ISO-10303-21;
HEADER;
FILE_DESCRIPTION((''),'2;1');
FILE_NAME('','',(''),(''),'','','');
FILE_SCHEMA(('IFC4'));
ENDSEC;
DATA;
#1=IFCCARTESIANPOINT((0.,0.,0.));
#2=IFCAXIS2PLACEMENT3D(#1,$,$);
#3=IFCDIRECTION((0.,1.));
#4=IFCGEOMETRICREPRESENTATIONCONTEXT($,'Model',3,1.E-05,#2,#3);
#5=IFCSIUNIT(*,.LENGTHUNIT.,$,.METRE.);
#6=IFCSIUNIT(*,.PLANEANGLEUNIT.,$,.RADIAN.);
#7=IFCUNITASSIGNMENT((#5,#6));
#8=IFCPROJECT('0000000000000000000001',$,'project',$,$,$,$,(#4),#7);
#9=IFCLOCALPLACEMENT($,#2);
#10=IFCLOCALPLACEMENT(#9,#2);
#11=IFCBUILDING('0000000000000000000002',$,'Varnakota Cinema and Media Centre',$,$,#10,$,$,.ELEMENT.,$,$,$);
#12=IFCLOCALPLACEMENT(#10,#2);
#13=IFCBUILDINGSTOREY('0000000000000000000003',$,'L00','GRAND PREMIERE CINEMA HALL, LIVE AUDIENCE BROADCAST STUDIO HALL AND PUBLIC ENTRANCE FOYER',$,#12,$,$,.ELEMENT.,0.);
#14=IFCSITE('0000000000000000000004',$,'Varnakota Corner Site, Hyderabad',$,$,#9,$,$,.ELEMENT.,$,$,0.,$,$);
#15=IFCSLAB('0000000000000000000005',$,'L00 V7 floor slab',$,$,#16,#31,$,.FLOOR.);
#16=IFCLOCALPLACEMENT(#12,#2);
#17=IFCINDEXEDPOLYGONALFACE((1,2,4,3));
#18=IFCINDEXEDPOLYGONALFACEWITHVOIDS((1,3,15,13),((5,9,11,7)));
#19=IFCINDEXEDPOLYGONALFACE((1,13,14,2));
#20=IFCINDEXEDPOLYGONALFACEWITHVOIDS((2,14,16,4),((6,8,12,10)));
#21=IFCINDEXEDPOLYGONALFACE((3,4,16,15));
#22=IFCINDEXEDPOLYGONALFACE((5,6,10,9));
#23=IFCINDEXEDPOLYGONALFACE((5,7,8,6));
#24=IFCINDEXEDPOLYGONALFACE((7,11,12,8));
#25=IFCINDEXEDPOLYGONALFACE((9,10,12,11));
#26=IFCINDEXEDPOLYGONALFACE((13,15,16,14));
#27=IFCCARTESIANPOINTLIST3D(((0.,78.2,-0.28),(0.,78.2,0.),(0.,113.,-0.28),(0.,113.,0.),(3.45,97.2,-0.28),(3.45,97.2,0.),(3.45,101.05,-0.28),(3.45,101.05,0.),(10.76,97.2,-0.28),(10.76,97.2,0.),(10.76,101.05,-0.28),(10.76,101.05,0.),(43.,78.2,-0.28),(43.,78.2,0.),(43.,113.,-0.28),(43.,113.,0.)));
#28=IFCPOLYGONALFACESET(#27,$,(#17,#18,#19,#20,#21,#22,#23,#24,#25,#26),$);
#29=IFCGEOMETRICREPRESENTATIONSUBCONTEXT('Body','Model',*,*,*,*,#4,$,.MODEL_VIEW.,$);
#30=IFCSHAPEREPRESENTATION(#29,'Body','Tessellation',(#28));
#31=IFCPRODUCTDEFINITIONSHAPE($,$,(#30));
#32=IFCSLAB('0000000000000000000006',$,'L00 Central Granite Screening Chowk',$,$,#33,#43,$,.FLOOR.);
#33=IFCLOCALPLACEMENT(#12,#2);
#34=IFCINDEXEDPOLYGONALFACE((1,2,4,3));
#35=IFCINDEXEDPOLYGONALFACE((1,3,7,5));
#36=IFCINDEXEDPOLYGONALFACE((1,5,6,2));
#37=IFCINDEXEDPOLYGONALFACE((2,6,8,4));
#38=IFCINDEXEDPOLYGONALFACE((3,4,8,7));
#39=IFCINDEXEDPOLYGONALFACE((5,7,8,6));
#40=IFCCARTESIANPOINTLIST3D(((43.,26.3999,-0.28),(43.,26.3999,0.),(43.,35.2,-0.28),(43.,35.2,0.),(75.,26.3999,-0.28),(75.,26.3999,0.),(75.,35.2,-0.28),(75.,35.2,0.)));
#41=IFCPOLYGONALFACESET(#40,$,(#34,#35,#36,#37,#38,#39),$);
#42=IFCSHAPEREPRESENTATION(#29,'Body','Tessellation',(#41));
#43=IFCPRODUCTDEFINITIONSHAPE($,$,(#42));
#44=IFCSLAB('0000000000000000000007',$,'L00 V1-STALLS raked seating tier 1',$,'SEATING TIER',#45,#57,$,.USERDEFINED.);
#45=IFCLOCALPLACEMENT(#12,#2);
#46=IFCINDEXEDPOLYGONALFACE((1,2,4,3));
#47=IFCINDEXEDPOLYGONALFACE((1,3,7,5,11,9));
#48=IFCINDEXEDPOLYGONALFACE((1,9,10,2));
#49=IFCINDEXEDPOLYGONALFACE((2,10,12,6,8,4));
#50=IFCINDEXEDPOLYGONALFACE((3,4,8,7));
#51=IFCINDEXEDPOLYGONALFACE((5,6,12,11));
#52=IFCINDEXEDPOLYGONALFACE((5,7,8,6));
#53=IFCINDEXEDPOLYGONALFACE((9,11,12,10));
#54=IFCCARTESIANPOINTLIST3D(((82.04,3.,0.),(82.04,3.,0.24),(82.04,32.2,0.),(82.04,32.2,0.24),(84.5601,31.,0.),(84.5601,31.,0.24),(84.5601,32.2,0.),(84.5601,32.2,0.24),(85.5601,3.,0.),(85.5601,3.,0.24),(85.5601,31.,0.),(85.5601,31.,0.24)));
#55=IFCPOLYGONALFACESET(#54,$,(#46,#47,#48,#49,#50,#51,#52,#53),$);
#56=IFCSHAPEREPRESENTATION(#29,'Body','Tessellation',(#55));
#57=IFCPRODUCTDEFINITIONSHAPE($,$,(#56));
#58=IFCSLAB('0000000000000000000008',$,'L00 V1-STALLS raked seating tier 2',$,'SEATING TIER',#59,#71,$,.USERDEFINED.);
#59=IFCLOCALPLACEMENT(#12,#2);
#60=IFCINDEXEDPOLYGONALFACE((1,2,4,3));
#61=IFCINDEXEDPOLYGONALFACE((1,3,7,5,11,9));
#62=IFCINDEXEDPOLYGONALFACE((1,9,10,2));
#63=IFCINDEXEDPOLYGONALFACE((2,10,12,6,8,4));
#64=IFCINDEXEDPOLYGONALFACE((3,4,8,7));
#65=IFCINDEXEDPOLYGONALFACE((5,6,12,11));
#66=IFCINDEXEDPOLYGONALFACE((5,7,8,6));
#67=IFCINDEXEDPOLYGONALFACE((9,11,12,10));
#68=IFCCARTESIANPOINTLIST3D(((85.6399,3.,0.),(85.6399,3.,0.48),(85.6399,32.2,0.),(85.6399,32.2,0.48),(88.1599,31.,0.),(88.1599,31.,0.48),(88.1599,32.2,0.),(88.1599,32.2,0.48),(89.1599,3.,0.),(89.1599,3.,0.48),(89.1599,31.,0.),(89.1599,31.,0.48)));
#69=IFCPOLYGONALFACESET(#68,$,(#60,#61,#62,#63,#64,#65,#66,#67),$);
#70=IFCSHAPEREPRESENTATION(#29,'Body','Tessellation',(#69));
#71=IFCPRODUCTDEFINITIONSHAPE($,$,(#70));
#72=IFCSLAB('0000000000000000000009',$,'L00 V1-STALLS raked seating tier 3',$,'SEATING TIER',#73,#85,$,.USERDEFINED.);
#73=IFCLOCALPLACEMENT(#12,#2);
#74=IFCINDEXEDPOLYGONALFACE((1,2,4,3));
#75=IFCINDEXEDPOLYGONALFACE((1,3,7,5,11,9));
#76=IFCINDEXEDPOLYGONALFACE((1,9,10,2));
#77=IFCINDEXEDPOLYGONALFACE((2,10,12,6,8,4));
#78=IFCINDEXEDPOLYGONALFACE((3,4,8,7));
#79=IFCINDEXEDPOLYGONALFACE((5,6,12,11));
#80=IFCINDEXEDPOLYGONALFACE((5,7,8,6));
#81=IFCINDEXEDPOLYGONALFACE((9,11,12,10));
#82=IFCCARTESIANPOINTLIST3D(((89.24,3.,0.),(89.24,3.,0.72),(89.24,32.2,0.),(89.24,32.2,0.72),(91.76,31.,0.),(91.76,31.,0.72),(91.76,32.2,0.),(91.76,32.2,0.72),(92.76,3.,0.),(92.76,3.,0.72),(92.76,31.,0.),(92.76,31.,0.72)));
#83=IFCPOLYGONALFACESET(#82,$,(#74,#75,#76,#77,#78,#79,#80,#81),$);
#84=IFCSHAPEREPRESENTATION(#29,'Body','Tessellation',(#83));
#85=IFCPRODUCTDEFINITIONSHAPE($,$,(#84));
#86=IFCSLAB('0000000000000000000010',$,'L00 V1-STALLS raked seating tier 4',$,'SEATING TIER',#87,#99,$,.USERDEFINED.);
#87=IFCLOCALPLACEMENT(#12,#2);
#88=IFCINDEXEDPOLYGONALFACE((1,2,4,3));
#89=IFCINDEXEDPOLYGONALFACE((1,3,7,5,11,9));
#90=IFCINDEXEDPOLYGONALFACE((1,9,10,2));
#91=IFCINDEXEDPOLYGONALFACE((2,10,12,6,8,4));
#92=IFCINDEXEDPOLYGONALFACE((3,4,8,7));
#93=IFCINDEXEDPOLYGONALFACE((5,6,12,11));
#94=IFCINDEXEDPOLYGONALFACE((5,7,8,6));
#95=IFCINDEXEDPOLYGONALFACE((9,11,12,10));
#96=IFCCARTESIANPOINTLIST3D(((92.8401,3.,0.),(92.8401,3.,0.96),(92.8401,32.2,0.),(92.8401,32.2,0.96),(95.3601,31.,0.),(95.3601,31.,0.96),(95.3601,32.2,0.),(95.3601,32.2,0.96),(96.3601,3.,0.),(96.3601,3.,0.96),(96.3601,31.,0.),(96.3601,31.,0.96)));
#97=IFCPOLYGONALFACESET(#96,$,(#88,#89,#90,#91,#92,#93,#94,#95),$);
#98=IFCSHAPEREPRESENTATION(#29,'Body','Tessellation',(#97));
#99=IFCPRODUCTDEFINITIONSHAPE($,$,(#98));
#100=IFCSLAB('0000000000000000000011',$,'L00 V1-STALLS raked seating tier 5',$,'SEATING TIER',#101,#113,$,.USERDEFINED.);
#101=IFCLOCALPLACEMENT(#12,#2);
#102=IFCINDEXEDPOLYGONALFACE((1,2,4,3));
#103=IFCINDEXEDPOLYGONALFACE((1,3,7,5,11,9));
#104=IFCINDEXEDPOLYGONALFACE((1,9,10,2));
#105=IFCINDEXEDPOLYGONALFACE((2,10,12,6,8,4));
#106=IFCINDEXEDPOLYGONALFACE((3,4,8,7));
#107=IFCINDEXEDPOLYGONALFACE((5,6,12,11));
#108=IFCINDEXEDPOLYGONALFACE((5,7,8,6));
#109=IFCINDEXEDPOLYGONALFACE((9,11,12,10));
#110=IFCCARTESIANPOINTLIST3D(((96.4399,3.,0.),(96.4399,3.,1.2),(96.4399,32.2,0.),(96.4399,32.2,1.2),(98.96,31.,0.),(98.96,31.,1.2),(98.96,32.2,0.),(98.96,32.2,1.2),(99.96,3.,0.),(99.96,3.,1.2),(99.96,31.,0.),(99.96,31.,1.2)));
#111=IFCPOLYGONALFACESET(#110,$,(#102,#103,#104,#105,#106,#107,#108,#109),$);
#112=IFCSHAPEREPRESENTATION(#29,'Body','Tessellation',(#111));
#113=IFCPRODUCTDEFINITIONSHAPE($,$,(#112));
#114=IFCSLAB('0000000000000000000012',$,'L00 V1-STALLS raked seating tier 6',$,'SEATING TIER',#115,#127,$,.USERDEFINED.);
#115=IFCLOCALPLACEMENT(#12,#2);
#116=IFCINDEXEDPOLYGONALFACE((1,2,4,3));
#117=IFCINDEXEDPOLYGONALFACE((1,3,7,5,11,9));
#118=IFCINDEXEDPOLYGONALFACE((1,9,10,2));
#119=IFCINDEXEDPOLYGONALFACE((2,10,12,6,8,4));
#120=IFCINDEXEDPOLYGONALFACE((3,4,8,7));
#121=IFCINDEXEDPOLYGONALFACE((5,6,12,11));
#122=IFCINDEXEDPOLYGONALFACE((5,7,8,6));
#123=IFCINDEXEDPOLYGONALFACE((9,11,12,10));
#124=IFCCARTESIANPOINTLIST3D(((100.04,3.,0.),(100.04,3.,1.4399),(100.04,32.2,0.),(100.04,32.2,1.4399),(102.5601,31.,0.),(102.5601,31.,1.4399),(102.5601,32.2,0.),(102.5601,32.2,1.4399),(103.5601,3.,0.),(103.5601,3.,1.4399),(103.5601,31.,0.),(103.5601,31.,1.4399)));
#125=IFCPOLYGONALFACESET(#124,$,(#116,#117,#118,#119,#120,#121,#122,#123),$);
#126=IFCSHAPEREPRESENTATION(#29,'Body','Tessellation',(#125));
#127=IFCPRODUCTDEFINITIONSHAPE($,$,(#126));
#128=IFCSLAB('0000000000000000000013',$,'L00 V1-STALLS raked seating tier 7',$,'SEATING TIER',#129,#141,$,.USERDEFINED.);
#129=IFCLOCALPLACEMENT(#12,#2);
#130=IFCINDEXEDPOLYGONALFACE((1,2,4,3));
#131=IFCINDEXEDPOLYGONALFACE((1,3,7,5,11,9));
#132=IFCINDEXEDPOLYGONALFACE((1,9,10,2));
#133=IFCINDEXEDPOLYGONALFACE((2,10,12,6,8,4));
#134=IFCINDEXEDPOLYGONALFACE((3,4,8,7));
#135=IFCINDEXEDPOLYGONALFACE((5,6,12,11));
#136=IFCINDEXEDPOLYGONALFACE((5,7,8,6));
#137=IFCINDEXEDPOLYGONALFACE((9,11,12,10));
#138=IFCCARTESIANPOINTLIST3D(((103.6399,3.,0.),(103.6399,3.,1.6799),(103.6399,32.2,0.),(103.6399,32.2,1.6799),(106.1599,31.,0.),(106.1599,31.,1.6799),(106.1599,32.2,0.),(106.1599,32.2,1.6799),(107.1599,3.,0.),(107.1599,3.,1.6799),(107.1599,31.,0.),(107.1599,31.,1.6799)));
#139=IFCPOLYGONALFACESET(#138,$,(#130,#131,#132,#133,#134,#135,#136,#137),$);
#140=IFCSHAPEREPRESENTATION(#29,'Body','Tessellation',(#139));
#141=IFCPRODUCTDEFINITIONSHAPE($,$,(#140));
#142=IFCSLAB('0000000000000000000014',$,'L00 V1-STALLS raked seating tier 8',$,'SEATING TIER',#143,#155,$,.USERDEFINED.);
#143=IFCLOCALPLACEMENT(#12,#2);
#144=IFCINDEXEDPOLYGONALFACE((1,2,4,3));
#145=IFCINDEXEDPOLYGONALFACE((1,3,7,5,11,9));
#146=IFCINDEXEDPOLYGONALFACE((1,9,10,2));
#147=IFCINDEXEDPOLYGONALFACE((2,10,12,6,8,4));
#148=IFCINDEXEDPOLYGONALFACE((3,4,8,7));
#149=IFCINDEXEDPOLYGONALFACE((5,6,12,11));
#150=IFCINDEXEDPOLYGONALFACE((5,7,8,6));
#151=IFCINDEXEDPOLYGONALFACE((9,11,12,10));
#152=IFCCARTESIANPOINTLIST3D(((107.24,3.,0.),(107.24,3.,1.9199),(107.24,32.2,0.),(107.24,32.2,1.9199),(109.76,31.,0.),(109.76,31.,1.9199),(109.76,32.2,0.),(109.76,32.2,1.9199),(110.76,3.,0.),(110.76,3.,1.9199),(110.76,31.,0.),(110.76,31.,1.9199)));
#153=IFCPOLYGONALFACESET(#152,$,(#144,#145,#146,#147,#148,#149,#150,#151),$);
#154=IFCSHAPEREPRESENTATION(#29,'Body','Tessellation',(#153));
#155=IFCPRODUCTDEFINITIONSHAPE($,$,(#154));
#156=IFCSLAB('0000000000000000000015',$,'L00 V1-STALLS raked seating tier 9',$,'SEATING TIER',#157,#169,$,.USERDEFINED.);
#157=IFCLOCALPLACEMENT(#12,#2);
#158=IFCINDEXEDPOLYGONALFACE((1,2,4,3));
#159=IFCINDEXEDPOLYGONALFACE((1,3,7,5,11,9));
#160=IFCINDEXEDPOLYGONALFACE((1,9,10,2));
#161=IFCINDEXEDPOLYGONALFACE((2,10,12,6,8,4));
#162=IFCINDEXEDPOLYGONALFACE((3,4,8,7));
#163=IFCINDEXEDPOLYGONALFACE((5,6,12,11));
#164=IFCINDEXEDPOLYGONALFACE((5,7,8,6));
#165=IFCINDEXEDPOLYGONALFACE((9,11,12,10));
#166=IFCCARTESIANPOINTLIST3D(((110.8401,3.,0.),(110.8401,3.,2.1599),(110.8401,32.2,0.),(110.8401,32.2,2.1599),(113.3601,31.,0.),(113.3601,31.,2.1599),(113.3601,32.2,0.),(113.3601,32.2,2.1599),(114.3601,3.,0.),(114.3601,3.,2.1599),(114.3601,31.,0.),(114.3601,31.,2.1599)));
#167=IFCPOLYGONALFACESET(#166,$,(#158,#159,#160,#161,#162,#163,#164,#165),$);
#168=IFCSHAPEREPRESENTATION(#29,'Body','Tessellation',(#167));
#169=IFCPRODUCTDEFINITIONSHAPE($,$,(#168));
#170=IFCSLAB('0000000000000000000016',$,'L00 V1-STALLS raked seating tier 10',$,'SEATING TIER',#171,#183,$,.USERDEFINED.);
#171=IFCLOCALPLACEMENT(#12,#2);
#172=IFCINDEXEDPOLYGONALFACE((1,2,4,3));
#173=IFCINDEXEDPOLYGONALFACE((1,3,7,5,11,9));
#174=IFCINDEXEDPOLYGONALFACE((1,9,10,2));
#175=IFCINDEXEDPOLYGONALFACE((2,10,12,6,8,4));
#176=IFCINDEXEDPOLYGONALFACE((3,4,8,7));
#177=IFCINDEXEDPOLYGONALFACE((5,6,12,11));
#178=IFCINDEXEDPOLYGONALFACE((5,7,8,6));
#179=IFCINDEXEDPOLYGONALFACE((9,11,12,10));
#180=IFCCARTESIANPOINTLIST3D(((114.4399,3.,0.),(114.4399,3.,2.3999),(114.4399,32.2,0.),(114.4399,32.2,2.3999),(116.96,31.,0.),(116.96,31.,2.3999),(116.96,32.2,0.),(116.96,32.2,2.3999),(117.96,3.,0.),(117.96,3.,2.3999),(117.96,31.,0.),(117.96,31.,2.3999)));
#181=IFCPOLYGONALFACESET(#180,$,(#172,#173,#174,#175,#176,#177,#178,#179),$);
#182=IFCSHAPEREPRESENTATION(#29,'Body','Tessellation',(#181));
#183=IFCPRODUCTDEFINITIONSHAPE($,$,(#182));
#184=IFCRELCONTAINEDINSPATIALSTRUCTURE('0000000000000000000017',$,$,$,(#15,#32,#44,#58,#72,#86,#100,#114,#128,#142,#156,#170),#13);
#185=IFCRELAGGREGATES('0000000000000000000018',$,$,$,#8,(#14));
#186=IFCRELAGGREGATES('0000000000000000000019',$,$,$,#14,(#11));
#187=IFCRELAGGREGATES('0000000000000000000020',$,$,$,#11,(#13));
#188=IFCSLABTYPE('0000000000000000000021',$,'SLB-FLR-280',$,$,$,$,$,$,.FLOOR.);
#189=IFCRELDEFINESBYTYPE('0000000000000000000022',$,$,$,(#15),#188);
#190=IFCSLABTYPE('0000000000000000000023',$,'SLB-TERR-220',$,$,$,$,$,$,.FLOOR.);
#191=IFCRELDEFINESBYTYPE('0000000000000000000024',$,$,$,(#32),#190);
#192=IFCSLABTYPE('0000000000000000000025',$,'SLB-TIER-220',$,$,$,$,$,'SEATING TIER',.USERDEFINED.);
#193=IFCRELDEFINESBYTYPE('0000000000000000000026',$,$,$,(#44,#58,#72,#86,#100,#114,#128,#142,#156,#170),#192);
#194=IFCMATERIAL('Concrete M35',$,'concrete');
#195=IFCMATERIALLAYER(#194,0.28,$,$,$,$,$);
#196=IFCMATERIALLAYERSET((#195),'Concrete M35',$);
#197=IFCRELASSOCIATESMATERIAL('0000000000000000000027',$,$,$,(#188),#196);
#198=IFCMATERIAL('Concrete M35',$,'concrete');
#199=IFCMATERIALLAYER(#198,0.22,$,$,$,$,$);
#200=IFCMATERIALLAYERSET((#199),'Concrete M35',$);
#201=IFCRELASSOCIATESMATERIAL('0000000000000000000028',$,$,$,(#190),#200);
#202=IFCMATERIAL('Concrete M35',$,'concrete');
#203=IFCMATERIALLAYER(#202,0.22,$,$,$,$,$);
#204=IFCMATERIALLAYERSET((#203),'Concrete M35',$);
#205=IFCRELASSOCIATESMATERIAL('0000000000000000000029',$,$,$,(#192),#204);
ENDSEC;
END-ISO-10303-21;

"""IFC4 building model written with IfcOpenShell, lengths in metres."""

from ifc_helpers import new_model, si_unit, direction, frame, origin, place, context, subcontext, project, spatial, polyline, outline, extrude, material, layer, layer_set, type_object, element, save


model = new_model("IFC4")

# Units and contexts
model_context = context("Model", 3, precision=1e-05, world=origin(), true_north=direction((0.0, 1.0)))
body_context = subcontext(model_context, "Body", "Model", "MODEL_VIEW")
ifc_project = project(units=[si_unit("LENGTHUNIT", "METRE"), si_unit("PLANEANGLEUNIT", "RADIAN")], contexts=[model_context])

# Site, building, storey
site_placement = place(None, origin())
site = spatial("IfcSite", under=ifc_project, at=site_placement, Name="Varnakota Corner Site, Hyderabad", CompositionType="ELEMENT", RefElevation=0.0)
building_placement = place(site_placement, origin())
building = spatial("IfcBuilding", under=site, at=building_placement, Name="Varnakota Cinema and Media Centre", CompositionType="ELEMENT")
storey_placement = place(building_placement, origin())
storey = spatial("IfcBuildingStorey", under=building, at=storey_placement, Name="L00", Description="GRAND PREMIERE CINEMA HALL, LIVE AUDIENCE BROADCAST STUDIO HALL AND PUBLIC ENTRANCE FOYER", CompositionType="ELEMENT", Elevation=0.0)

# Slabs
ifc_material_1 = material(Name="Concrete M35", Category="concrete")
ifc_layer_1 = layer(ifc_material_1, 0.28)
ifc_layer_set_1 = layer_set([ifc_layer_1], Name="Concrete M35")
slab_type_1 = type_object("IfcSlabType", Name="SLB-FLR-280", PredefinedType="FLOOR", material=ifc_layer_set_1)
slab_1_placement = place(storey_placement, frame((0.0, 0.0, -0.28)))
element("IfcSlab", 1, at=slab_1_placement, inside=storey, type_object=slab_type_1, Name="L00 V7 floor slab", PredefinedType="FLOOR", context=body_context, shape_type="SweptSolid", body=[
    extrude(outline(polyline([(0.0, 78.2), (43.0, 78.2), (43.0, 113.0), (0.0, 113.0), (0.0, 78.2)]), holes=[polyline([(3.45, 97.2), (10.76, 97.2), (10.76, 101.05), (3.45, 101.05), (3.45, 97.2)])]), origin(), (0.0, 0.0, 1.0), 0.28),
])
ifc_material_2 = material(Name="Concrete M35", Category="concrete")
ifc_layer_2 = layer(ifc_material_2, 0.22)
ifc_layer_set_2 = layer_set([ifc_layer_2], Name="Concrete M35")
slab_type_2 = type_object("IfcSlabType", Name="SLB-TERR-220", PredefinedType="FLOOR", material=ifc_layer_set_2)
slab_2_placement = place(storey_placement, frame((0.0, 0.0, -0.28)))
element("IfcSlab", 2, at=slab_2_placement, inside=storey, type_object=slab_type_2, Name="L00 Central Granite Screening Chowk", PredefinedType="FLOOR", context=body_context, shape_type="SweptSolid", body=[
    extrude(outline(polyline([(43.0, 26.3999), (75.0, 26.3999), (75.0, 35.2), (43.0, 35.2), (43.0, 26.3999)])), origin(), (0.0, 0.0, 1.0), 0.28),
])
ifc_material_3 = material(Name="Concrete M35", Category="concrete")
ifc_layer_3 = layer(ifc_material_3, 0.22)
ifc_layer_set_3 = layer_set([ifc_layer_3], Name="Concrete M35")
slab_type_3 = type_object("IfcSlabType", Name="SLB-TIER-220", ElementType="SEATING TIER", PredefinedType="USERDEFINED", material=ifc_layer_set_3)
slab_3_placement = place(storey_placement, origin())
element("IfcSlab", 3, at=slab_3_placement, inside=storey, type_object=slab_type_3, Name="L00 V1-STALLS raked seating tier 1", ObjectType="SEATING TIER", PredefinedType="USERDEFINED", context=body_context, shape_type="SweptSolid", body=[
    extrude(outline(polyline([(82.04, 3.0), (85.5601, 3.0), (85.5601, 31.0), (84.5601, 31.0), (84.5601, 32.2), (82.04, 32.2), (82.04, 3.0)])), origin(), (0.0, 0.0, 1.0), 0.24),
])
slab_4_placement = place(storey_placement, origin())
element("IfcSlab", 4, at=slab_4_placement, inside=storey, type_object=slab_type_3, Name="L00 V1-STALLS raked seating tier 2", ObjectType="SEATING TIER", PredefinedType="USERDEFINED", context=body_context, shape_type="SweptSolid", body=[
    extrude(outline(polyline([(85.6399, 3.0), (89.1599, 3.0), (89.1599, 31.0), (88.1599, 31.0), (88.1599, 32.2), (85.6399, 32.2), (85.6399, 3.0)])), origin(), (0.0, 0.0, 1.0), 0.48),
])
slab_5_placement = place(storey_placement, origin())
element("IfcSlab", 5, at=slab_5_placement, inside=storey, type_object=slab_type_3, Name="L00 V1-STALLS raked seating tier 3", ObjectType="SEATING TIER", PredefinedType="USERDEFINED", context=body_context, shape_type="SweptSolid", body=[
    extrude(outline(polyline([(89.24, 3.0), (92.76, 3.0), (92.76, 31.0), (91.76, 31.0), (91.76, 32.2), (89.24, 32.2), (89.24, 3.0)])), origin(), (0.0, 0.0, 1.0), 0.72),
])
slab_6_placement = place(storey_placement, origin())
element("IfcSlab", 6, at=slab_6_placement, inside=storey, type_object=slab_type_3, Name="L00 V1-STALLS raked seating tier 4", ObjectType="SEATING TIER", PredefinedType="USERDEFINED", context=body_context, shape_type="SweptSolid", body=[
    extrude(outline(polyline([(92.8401, 3.0), (96.3601, 3.0), (96.3601, 31.0), (95.3601, 31.0), (95.3601, 32.2), (92.8401, 32.2), (92.8401, 3.0)])), origin(), (0.0, 0.0, 1.0), 0.96),
])
slab_7_placement = place(storey_placement, origin())
element("IfcSlab", 7, at=slab_7_placement, inside=storey, type_object=slab_type_3, Name="L00 V1-STALLS raked seating tier 5", ObjectType="SEATING TIER", PredefinedType="USERDEFINED", context=body_context, shape_type="SweptSolid", body=[
    extrude(outline(polyline([(96.4399, 3.0), (99.96, 3.0), (99.96, 31.0), (98.96, 31.0), (98.96, 32.2), (96.4399, 32.2), (96.4399, 3.0)])), origin(), (0.0, 0.0, 1.0), 1.2),
])
slab_8_placement = place(storey_placement, origin())
element("IfcSlab", 8, at=slab_8_placement, inside=storey, type_object=slab_type_3, Name="L00 V1-STALLS raked seating tier 6", ObjectType="SEATING TIER", PredefinedType="USERDEFINED", context=body_context, shape_type="SweptSolid", body=[
    extrude(outline(polyline([(100.04, 3.0), (103.5601, 3.0), (103.5601, 31.0), (102.5601, 31.0), (102.5601, 32.2), (100.04, 32.2), (100.04, 3.0)])), origin(), (0.0, 0.0, 1.0), 1.4399),
])
slab_9_placement = place(storey_placement, origin())
element("IfcSlab", 9, at=slab_9_placement, inside=storey, type_object=slab_type_3, Name="L00 V1-STALLS raked seating tier 7", ObjectType="SEATING TIER", PredefinedType="USERDEFINED", context=body_context, shape_type="SweptSolid", body=[
    extrude(outline(polyline([(103.6399, 3.0), (107.1599, 3.0), (107.1599, 31.0), (106.1599, 31.0), (106.1599, 32.2), (103.6399, 32.2), (103.6399, 3.0)])), origin(), (0.0, 0.0, 1.0), 1.6799),
])
slab_10_placement = place(storey_placement, origin())
element("IfcSlab", 10, at=slab_10_placement, inside=storey, type_object=slab_type_3, Name="L00 V1-STALLS raked seating tier 8", ObjectType="SEATING TIER", PredefinedType="USERDEFINED", context=body_context, shape_type="SweptSolid", body=[
    extrude(outline(polyline([(107.24, 3.0), (110.76, 3.0), (110.76, 31.0), (109.76, 31.0), (109.76, 32.2), (107.24, 32.2), (107.24, 3.0)])), origin(), (0.0, 0.0, 1.0), 1.9199),
])
slab_11_placement = place(storey_placement, origin())
element("IfcSlab", 11, at=slab_11_placement, inside=storey, type_object=slab_type_3, Name="L00 V1-STALLS raked seating tier 9", ObjectType="SEATING TIER", PredefinedType="USERDEFINED", context=body_context, shape_type="SweptSolid", body=[
    extrude(outline(polyline([(110.8401, 3.0), (114.3601, 3.0), (114.3601, 31.0), (113.3601, 31.0), (113.3601, 32.2), (110.8401, 32.2), (110.8401, 3.0)])), origin(), (0.0, 0.0, 1.0), 2.1599),
])
slab_12_placement = place(storey_placement, origin())
element("IfcSlab", 12, at=slab_12_placement, inside=storey, type_object=slab_type_3, Name="L00 V1-STALLS raked seating tier 10", ObjectType="SEATING TIER", PredefinedType="USERDEFINED", context=body_context, shape_type="SweptSolid", body=[
    extrude(outline(polyline([(114.4399, 3.0), (117.96, 3.0), (117.96, 31.0), (116.96, 31.0), (116.96, 32.2), (114.4399, 32.2), (114.4399, 3.0)])), origin(), (0.0, 0.0, 1.0), 2.3999),
])

save(model, "model.ifc")
